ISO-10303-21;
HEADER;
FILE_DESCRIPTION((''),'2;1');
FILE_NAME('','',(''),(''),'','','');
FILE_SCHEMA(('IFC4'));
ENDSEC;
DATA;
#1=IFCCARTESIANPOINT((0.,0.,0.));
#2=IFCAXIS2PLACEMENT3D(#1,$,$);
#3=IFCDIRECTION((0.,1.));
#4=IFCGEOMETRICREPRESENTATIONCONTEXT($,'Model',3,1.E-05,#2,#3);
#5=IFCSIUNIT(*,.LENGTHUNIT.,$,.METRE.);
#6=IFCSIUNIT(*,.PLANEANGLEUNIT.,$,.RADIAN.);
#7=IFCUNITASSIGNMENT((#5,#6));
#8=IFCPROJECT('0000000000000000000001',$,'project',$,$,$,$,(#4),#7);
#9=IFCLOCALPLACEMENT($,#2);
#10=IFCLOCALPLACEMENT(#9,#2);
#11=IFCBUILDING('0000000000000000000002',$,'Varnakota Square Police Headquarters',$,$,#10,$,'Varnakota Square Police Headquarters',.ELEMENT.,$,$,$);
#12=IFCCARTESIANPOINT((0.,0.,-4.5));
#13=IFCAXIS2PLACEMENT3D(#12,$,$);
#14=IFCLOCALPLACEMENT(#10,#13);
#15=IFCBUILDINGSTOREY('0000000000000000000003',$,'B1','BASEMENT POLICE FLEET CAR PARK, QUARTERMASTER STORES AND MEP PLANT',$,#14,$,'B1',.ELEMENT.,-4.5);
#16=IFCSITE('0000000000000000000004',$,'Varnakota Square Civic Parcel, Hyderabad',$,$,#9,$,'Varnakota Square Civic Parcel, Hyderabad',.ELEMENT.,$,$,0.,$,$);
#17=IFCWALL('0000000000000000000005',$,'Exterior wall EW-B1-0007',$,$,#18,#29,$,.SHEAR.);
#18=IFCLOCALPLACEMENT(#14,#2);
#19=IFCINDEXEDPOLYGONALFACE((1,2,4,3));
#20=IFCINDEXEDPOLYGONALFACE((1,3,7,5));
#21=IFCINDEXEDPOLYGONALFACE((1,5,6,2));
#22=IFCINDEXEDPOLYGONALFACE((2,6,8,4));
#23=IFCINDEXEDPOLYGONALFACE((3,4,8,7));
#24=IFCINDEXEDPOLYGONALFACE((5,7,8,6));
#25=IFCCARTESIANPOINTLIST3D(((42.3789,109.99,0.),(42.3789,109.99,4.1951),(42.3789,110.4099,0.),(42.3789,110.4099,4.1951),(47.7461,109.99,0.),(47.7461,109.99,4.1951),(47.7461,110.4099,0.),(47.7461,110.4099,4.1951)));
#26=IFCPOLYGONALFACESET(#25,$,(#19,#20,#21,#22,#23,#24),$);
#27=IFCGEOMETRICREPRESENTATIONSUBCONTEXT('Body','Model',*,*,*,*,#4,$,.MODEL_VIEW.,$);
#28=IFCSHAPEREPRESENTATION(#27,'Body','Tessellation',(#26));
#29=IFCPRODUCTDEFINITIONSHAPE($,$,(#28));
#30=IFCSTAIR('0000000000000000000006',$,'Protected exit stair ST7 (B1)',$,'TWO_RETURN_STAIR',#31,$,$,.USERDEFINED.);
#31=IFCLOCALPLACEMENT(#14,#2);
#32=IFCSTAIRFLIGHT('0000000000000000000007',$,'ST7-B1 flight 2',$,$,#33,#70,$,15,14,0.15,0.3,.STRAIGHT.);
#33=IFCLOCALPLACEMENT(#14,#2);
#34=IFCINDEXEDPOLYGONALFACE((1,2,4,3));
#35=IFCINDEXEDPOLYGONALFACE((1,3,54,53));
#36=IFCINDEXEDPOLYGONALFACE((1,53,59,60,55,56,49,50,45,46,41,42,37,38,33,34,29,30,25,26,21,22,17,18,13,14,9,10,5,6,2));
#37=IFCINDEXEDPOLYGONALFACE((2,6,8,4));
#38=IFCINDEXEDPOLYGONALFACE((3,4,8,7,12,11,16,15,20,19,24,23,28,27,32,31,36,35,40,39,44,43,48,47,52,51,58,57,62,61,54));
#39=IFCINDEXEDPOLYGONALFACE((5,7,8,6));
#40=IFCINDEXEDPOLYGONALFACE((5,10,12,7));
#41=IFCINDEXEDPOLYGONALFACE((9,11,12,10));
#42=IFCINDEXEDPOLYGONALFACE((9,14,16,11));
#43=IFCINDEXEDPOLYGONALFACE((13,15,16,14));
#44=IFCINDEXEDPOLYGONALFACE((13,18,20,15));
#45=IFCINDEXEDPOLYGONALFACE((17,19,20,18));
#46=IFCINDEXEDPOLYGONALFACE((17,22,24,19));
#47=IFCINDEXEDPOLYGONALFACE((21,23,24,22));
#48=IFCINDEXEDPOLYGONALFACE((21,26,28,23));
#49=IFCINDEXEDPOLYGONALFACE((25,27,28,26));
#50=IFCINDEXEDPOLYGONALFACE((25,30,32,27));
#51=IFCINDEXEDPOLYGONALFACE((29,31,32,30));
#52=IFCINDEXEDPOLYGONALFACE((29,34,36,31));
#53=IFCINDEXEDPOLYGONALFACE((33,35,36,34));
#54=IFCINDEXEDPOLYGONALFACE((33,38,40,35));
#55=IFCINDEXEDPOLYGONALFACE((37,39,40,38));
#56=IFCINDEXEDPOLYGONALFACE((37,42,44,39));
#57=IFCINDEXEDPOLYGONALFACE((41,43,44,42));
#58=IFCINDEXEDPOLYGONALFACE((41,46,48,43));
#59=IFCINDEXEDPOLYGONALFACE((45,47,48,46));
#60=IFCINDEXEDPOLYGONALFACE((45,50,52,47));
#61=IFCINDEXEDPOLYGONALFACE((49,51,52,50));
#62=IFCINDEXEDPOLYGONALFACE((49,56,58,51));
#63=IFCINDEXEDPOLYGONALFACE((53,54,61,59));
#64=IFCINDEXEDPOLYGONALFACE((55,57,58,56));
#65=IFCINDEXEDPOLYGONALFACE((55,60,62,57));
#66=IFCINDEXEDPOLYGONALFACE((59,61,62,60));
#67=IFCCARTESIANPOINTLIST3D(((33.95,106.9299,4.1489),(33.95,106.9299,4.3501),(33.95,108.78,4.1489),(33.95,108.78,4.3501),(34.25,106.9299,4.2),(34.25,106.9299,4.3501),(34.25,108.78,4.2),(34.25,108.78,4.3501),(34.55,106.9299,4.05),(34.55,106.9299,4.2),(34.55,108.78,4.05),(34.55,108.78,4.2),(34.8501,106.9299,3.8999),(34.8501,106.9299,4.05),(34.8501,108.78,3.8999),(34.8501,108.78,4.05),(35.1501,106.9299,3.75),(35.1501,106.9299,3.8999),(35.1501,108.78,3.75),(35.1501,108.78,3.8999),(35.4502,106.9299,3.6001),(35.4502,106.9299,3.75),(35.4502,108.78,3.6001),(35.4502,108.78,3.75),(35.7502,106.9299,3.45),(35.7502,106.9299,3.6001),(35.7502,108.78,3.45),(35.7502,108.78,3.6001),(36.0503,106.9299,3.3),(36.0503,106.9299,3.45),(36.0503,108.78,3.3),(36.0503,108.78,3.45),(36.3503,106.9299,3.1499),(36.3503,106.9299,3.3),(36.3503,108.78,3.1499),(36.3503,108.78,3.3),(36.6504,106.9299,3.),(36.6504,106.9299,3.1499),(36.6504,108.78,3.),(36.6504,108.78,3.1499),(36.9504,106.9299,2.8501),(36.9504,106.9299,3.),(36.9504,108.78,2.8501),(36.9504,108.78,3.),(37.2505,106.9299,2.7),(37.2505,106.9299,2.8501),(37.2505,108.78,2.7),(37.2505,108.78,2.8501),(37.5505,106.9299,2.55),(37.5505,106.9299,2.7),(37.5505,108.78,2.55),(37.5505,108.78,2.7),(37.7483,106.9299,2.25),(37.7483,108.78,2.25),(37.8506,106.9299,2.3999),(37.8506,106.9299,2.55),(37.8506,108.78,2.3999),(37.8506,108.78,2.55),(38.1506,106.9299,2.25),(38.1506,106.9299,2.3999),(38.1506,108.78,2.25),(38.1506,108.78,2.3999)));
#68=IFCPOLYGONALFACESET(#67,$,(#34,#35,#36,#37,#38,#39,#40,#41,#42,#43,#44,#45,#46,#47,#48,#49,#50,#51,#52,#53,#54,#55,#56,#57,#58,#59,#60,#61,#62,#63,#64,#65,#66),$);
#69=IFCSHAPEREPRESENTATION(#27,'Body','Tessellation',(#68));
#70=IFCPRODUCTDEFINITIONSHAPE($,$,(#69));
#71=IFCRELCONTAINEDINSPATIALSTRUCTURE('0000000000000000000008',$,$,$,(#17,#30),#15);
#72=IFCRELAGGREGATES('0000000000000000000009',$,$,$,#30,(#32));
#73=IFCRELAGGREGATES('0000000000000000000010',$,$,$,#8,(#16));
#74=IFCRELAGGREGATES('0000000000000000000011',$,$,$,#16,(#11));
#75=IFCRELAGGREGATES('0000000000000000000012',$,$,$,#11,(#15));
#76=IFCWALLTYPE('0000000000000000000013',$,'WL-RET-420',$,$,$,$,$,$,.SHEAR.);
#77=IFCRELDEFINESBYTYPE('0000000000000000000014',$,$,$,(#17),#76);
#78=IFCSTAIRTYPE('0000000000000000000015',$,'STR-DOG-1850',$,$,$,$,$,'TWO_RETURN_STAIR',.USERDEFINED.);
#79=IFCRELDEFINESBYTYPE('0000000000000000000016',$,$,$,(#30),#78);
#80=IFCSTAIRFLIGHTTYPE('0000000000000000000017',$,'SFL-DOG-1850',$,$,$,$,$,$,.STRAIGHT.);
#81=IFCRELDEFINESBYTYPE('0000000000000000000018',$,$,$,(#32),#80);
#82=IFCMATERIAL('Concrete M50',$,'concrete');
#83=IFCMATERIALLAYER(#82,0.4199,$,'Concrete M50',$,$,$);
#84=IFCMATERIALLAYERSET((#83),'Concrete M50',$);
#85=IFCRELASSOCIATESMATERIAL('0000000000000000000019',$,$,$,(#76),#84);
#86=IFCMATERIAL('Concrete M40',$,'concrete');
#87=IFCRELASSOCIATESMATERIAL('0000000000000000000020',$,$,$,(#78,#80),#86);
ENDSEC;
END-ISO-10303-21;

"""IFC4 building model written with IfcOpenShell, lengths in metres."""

from ifc_helpers import new_model, si_unit, direction, frame, frame_2d, origin, place, context, subcontext, project, spatial, polyline, rectangle, outline, extrude, material, layer, layer_set, type_object, element, aggregate, save


model = new_model("IFC4")

# Units and contexts
model_context = context("Model", 3, precision=1e-05, world=origin(), true_north=direction((0.0, 1.0)))
body_context = subcontext(model_context, "Body", "Model", "MODEL_VIEW")
ifc_project = project(units=[si_unit("LENGTHUNIT", "METRE"), si_unit("PLANEANGLEUNIT", "RADIAN")], contexts=[model_context])

# Site, building, storey
site_placement = place(None, origin())
site = spatial("IfcSite", under=ifc_project, at=site_placement, Name="Varnakota Square Civic Parcel, Hyderabad", LongName="Varnakota Square Civic Parcel, Hyderabad", CompositionType="ELEMENT", RefElevation=0.0)
building_placement = place(site_placement, origin())
building = spatial("IfcBuilding", under=site, at=building_placement, Name="Varnakota Square Police Headquarters", LongName="Varnakota Square Police Headquarters", CompositionType="ELEMENT")
storey_placement = place(building_placement, frame((0.0, 0.0, -4.5)))
storey = spatial("IfcBuildingStorey", under=building, at=storey_placement, Name="B1", Description="BASEMENT POLICE FLEET CAR PARK, QUARTERMASTER STORES AND MEP PLANT", LongName="B1", CompositionType="ELEMENT", Elevation=-4.5)

# Shared definitions
ifc_material_1 = material(Name="Concrete M40", Category="concrete")

# Shared definitions
ifc_material_2 = material(Name="Concrete M50", Category="concrete")

# Wall
ifc_layer_1 = layer(ifc_material_2, 0.4199, Name="Concrete M50")
ifc_layer_set_1 = layer_set([ifc_layer_1], Name="Concrete M50")
wall_type_1 = type_object("IfcWallType", Name="WL-RET-420", PredefinedType="SHEAR", material=ifc_layer_set_1)
wall_1_placement = place(storey_placement, frame((42.3789, 110.2, 0.0), z_axis=(0.0, 0.0, 1.0), x_axis=(1.0, 0.0, 0.0)))
element("IfcWall", 1, at=wall_1_placement, inside=storey, type_object=wall_type_1, Name="Exterior wall EW-B1-0007", PredefinedType="SHEAR", context=body_context, shape_type="SweptSolid", body=[
    extrude(rectangle(XDim=5.3672, YDim=0.4199, at=frame_2d((2.6836, 0.0))), origin(), (0.0, 0.0, 1.0), 4.1951),
])

# Stair, stair flight
stair_type = type_object("IfcStairType", Name="STR-DOG-1850", ElementType="TWO_RETURN_STAIR", PredefinedType="USERDEFINED", material=ifc_material_1)
stair_placement = place(storey_placement, origin())
stair = element("IfcStair", 2, at=stair_placement, inside=storey, type_object=stair_type, Name="Protected exit stair ST7 (B1)", ObjectType="TWO_RETURN_STAIR", PredefinedType="USERDEFINED")
stair_flight_type = type_object("IfcStairFlightType", Name="SFL-DOG-1850", PredefinedType="STRAIGHT", material=ifc_material_1)
stair_flight_placement = place(storey_placement, frame((38.1506, 107.855, 2.25), z_axis=(0.0, 0.0, 1.0), x_axis=(-1.0, 0.0, 0.0)))
stair_flight = element("IfcStairFlight", 3, at=stair_flight_placement, type_object=stair_flight_type, Name="ST7-B1 flight 2", NumberOfRisers=15, NumberOfTreads=14, PredefinedType="STRAIGHT", RiserHeight=0.15, TreadLength=0.3, context=body_context, shape_type="SweptSolid", body=[
    extrude(outline(polyline([(0.0, 0.0), (0.0, 0.1499), (0.3, 0.1499), (0.3, 0.3), (0.6001, 0.3), (0.6001, 0.45), (0.9001, 0.45), (0.9001, 0.6001), (1.2002, 0.6001), (1.2002, 0.75), (1.5002, 0.75), (1.5002, 0.8999), (1.8003, 0.8999), (1.8003, 1.05), (2.1003, 1.05), (2.1003, 1.2), (2.4004, 1.2), (2.4004, 1.3501), (2.7004, 1.3501), (2.7004, 1.5), (3.0005, 1.5), (3.0005, 1.6499), (3.3005, 1.6499), (3.3005, 1.8), (3.6006, 1.8), (3.6006, 1.95), (3.9006, 1.95), (3.9006, 2.1001), (4.2007, 2.1001), (4.2007, 2.25), (4.2007, 1.8989), (0.4023, 0.0), (0.0, 0.0)])), frame((0.0, 0.925, 0.0), z_axis=(0.0, -1.0, 0.0), x_axis=(1.0, 0.0, 0.0)), (0.0, 0.0, 1.0), 1.8501),
])
aggregate(stair, [stair_flight])

save(model, "model.ifc")
